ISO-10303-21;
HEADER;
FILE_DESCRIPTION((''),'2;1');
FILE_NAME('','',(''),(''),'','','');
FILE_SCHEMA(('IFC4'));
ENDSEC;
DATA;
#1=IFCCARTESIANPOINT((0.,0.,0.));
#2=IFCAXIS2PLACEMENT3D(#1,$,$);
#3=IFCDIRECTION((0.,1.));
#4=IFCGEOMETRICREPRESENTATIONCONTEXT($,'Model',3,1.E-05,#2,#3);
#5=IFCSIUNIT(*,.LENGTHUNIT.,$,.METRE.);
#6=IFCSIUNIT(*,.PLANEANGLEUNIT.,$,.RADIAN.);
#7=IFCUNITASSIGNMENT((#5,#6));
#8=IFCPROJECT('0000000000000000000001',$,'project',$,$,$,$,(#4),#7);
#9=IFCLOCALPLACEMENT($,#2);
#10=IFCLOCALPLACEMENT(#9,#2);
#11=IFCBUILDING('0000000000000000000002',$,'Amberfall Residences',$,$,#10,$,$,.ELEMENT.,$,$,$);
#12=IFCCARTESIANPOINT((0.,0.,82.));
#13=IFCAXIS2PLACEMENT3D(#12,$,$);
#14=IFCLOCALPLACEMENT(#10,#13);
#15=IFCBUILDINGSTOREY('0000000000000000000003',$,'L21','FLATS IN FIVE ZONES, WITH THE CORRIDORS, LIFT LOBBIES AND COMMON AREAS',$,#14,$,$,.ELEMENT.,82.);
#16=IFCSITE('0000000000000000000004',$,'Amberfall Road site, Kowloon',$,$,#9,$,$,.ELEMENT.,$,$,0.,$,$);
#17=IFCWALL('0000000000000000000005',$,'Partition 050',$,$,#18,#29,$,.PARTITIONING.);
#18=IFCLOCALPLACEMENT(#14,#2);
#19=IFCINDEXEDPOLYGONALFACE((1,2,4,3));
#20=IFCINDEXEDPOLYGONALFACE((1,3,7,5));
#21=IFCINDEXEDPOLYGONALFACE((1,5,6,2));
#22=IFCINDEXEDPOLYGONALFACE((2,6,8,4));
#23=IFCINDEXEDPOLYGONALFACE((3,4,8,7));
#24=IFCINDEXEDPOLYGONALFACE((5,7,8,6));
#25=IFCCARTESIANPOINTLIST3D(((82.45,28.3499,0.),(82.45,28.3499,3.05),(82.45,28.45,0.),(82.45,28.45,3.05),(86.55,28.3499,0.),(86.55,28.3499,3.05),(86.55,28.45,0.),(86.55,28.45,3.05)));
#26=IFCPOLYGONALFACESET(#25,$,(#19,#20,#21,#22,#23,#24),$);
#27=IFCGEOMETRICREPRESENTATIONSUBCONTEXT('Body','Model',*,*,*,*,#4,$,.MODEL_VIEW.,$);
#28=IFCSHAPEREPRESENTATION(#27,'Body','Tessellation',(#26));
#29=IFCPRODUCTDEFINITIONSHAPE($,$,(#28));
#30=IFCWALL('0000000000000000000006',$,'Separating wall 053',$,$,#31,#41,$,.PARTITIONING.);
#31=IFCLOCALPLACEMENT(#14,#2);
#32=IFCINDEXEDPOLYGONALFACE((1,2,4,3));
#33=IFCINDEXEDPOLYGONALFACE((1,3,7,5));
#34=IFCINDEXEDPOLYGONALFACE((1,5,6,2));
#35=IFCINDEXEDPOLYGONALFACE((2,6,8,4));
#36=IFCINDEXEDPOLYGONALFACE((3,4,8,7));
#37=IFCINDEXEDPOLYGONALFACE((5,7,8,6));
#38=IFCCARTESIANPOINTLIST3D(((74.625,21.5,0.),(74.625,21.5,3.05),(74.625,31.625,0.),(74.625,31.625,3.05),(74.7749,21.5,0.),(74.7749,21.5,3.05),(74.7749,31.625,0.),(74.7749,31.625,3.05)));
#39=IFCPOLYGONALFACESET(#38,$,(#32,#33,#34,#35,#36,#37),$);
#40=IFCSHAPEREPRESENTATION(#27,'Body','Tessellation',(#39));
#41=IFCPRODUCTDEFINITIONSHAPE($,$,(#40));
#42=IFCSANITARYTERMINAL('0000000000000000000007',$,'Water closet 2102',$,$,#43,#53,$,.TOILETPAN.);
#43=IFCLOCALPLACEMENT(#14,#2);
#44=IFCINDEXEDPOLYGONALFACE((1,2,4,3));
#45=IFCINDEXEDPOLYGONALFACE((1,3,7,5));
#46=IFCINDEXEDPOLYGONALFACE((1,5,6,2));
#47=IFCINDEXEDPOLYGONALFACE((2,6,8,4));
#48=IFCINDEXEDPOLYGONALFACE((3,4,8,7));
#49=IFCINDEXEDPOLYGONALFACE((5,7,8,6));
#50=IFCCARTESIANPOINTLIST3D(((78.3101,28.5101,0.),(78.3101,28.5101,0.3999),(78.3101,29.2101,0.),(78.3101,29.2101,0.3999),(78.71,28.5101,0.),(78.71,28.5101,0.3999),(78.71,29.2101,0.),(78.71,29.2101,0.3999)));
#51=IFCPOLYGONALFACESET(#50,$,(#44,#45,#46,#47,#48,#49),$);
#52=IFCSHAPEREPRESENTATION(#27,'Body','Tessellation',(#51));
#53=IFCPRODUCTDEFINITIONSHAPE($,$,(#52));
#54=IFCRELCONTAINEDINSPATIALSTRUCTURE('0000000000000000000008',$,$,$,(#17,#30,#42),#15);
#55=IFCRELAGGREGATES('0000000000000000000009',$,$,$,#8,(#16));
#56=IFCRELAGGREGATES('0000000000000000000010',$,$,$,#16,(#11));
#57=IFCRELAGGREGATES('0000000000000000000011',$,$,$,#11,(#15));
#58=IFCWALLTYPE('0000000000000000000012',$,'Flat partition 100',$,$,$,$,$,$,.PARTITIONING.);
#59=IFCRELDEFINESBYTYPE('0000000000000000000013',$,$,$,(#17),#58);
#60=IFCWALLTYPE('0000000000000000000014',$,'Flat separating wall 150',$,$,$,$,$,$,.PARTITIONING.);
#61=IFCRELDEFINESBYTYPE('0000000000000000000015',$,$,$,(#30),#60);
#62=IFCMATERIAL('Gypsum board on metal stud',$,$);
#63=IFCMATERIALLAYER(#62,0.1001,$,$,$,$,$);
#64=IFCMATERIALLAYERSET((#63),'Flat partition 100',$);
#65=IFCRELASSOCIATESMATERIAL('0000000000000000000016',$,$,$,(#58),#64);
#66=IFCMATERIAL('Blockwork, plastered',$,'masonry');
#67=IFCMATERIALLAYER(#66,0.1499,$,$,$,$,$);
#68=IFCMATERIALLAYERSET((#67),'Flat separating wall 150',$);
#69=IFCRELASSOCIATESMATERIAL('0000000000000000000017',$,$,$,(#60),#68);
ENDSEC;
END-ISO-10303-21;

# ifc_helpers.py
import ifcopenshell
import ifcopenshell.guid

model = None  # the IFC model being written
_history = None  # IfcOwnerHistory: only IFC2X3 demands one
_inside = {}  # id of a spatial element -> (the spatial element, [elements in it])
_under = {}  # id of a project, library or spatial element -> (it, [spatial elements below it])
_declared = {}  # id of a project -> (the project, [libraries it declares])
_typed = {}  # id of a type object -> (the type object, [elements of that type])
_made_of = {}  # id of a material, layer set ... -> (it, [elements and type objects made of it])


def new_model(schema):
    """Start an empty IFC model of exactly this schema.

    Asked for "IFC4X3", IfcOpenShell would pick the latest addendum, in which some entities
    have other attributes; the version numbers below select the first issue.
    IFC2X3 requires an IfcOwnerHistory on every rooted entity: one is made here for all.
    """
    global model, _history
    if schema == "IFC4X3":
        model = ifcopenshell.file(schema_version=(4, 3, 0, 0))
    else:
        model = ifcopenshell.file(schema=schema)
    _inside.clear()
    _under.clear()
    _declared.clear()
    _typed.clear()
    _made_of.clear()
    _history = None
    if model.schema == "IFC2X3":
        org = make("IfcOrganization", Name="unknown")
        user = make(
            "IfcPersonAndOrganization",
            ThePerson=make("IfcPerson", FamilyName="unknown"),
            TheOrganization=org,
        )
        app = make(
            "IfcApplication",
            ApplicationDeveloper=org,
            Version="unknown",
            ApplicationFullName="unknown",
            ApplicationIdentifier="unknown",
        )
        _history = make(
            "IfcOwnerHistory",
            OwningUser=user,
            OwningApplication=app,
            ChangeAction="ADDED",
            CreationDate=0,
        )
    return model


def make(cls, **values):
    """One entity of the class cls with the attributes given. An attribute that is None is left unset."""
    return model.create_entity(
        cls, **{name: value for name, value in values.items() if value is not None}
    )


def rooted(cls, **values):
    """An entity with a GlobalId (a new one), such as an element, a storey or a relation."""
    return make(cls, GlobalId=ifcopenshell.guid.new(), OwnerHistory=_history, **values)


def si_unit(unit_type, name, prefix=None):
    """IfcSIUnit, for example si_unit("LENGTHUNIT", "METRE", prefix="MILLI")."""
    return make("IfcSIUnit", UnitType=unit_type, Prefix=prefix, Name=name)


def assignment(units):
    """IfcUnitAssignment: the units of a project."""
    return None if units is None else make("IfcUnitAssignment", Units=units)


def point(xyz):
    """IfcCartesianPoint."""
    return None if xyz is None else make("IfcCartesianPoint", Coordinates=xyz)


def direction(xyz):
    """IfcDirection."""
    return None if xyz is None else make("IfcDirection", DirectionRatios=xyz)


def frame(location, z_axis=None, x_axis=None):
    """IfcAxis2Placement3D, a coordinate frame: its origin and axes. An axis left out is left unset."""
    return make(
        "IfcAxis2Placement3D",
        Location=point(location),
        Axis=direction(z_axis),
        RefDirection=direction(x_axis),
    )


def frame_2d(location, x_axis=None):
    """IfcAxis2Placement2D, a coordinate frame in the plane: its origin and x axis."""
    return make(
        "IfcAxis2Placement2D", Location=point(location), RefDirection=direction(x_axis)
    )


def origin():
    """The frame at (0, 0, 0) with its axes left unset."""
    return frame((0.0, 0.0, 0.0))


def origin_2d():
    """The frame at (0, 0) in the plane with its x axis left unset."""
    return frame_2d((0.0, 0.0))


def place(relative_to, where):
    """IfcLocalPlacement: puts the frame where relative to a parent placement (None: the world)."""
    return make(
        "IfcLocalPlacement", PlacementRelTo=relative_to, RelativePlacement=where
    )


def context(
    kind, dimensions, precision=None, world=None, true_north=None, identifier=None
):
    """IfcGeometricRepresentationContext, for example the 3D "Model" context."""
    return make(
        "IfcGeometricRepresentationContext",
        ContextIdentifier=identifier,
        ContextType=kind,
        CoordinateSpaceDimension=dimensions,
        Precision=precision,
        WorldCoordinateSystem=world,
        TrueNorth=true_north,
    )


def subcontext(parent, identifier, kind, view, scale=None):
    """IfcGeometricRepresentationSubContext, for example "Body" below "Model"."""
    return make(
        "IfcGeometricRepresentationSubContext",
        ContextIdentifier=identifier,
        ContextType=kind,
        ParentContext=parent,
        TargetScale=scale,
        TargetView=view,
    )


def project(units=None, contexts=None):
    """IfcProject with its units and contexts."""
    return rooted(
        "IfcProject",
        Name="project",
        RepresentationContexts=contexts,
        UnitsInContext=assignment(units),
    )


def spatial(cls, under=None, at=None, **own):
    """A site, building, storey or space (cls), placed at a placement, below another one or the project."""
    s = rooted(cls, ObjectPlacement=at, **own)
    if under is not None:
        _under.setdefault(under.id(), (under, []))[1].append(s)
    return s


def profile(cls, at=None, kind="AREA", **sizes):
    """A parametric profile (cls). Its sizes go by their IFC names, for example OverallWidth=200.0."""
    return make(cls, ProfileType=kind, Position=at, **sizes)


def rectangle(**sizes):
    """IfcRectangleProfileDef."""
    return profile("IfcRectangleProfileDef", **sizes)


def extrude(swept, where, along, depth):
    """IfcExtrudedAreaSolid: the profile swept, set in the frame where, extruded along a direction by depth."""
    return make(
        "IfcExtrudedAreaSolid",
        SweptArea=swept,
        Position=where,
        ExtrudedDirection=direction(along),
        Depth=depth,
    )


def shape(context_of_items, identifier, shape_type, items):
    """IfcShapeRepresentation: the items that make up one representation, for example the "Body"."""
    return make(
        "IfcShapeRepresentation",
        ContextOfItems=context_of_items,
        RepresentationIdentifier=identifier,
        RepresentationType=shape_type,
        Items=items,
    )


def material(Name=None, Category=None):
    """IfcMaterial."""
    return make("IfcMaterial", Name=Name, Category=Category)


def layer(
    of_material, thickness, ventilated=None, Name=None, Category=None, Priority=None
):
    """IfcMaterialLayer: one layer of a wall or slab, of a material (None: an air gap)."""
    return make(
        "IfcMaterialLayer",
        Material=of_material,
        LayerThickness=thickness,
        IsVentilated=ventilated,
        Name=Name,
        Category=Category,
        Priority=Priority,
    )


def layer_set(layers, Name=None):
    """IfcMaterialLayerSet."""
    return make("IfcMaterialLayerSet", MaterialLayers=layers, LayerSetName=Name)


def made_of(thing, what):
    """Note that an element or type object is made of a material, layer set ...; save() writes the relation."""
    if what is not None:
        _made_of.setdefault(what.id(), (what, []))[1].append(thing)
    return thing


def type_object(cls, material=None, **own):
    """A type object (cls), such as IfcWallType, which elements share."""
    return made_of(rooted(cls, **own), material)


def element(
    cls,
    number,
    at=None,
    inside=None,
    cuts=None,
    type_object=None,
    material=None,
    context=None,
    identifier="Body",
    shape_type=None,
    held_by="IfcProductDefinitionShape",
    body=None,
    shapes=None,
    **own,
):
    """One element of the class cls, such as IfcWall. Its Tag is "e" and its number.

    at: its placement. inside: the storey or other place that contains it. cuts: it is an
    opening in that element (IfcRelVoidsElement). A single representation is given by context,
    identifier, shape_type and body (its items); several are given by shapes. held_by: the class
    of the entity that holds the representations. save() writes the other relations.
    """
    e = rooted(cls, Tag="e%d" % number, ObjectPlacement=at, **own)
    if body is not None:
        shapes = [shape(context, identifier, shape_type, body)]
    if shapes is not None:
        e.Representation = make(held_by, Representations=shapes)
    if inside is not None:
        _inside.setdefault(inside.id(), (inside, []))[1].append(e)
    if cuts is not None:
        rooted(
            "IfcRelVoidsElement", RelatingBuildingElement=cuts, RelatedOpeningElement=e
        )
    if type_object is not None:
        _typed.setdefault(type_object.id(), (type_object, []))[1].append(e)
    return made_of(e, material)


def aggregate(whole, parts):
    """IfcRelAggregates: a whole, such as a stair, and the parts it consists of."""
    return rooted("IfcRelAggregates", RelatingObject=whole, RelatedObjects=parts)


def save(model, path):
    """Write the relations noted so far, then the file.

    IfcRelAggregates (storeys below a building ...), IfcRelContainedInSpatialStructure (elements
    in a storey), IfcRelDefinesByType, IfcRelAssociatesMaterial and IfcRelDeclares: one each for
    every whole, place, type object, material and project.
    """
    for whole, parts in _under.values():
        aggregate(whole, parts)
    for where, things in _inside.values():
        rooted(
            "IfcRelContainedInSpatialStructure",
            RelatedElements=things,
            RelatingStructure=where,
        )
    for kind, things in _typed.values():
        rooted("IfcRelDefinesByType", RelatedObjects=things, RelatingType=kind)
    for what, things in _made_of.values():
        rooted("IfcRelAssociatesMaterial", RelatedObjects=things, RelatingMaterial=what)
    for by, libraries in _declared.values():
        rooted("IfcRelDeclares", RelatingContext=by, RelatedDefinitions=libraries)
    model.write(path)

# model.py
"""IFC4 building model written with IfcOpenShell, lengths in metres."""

from ifc_helpers import new_model, si_unit, direction, frame, frame_2d, origin, origin_2d, place, context, subcontext, project, spatial, rectangle, extrude, material, layer, layer_set, type_object, element, save


model = new_model("IFC4")

# Units and contexts
model_context = context("Model", 3, precision=1e-05, world=origin(), true_north=direction((0.0, 1.0)))
body_context = subcontext(model_context, "Body", "Model", "MODEL_VIEW")
ifc_project = project(units=[si_unit("LENGTHUNIT", "METRE"), si_unit("PLANEANGLEUNIT", "RADIAN")], contexts=[model_context])

# Site, building, storey
site_placement = place(None, origin())
site = spatial("IfcSite", under=ifc_project, at=site_placement, Name="Amberfall Road site, Kowloon", CompositionType="ELEMENT", RefElevation=0.0)
building_placement = place(site_placement, origin())
building = spatial("IfcBuilding", under=site, at=building_placement, Name="Amberfall Residences", CompositionType="ELEMENT")
storey_placement = place(building_placement, frame((0.0, 0.0, 82.0)))
storey = spatial("IfcBuildingStorey", under=building, at=storey_placement, Name="L21", Description="FLATS IN FIVE ZONES, WITH THE CORRIDORS, LIFT LOBBIES AND COMMON AREAS", CompositionType="ELEMENT", Elevation=82.0)

# Walls
ifc_material_1 = material(Name="Gypsum board on metal stud")
ifc_layer_1 = layer(ifc_material_1, 0.1001)
ifc_layer_set_1 = layer_set([ifc_layer_1], Name="Flat partition 100")
wall_type_1 = type_object("IfcWallType", Name="Flat partition 100", PredefinedType="PARTITIONING", material=ifc_layer_set_1)
wall_1_placement = place(storey_placement, frame((82.45, 28.3999, 0.0), z_axis=(0.0, 0.0, 1.0), x_axis=(1.0, 0.0, 0.0)))
element("IfcWall", 1, at=wall_1_placement, inside=storey, type_object=wall_type_1, Name="Partition 050", PredefinedType="PARTITIONING", context=body_context, shape_type="SweptSolid", body=[
    extrude(rectangle(XDim=4.1001, YDim=0.1001, at=frame_2d((2.05, 0.0))), origin(), (0.0, 0.0, 1.0), 3.05),
])
ifc_material_2 = material(Name="Blockwork, plastered", Category="masonry")
ifc_layer_2 = layer(ifc_material_2, 0.1499)
ifc_layer_set_2 = layer_set([ifc_layer_2], Name="Flat separating wall 150")
wall_type_2 = type_object("IfcWallType", Name="Flat separating wall 150", PredefinedType="PARTITIONING", material=ifc_layer_set_2)
wall_2_placement = place(storey_placement, frame((74.7, 21.5, 0.0), z_axis=(0.0, 0.0, 1.0), x_axis=(0.0, 1.0, 0.0)))
element("IfcWall", 2, at=wall_2_placement, inside=storey, type_object=wall_type_2, Name="Separating wall 053", PredefinedType="PARTITIONING", context=body_context, shape_type="SweptSolid", body=[
    extrude(rectangle(XDim=10.125, YDim=0.1499, at=frame_2d((5.0625, 0.0))), origin(), (0.0, 0.0, 1.0), 3.05),
])

# Sanitary terminal
sanitary_terminal_placement = place(storey_placement, frame((78.51, 28.8601, 0.0), z_axis=(0.0, 0.0, 1.0), x_axis=(1.0, 0.0, 0.0)))
element("IfcSanitaryTerminal", 3, at=sanitary_terminal_placement, inside=storey, Name="Water closet 2102", PredefinedType="TOILETPAN", context=body_context, shape_type="SweptSolid", body=[
    extrude(rectangle(XDim=0.3999, YDim=0.7, at=origin_2d()), origin(), (0.0, 0.0, 1.0), 0.3999),
])

save(model, "model.ifc")
